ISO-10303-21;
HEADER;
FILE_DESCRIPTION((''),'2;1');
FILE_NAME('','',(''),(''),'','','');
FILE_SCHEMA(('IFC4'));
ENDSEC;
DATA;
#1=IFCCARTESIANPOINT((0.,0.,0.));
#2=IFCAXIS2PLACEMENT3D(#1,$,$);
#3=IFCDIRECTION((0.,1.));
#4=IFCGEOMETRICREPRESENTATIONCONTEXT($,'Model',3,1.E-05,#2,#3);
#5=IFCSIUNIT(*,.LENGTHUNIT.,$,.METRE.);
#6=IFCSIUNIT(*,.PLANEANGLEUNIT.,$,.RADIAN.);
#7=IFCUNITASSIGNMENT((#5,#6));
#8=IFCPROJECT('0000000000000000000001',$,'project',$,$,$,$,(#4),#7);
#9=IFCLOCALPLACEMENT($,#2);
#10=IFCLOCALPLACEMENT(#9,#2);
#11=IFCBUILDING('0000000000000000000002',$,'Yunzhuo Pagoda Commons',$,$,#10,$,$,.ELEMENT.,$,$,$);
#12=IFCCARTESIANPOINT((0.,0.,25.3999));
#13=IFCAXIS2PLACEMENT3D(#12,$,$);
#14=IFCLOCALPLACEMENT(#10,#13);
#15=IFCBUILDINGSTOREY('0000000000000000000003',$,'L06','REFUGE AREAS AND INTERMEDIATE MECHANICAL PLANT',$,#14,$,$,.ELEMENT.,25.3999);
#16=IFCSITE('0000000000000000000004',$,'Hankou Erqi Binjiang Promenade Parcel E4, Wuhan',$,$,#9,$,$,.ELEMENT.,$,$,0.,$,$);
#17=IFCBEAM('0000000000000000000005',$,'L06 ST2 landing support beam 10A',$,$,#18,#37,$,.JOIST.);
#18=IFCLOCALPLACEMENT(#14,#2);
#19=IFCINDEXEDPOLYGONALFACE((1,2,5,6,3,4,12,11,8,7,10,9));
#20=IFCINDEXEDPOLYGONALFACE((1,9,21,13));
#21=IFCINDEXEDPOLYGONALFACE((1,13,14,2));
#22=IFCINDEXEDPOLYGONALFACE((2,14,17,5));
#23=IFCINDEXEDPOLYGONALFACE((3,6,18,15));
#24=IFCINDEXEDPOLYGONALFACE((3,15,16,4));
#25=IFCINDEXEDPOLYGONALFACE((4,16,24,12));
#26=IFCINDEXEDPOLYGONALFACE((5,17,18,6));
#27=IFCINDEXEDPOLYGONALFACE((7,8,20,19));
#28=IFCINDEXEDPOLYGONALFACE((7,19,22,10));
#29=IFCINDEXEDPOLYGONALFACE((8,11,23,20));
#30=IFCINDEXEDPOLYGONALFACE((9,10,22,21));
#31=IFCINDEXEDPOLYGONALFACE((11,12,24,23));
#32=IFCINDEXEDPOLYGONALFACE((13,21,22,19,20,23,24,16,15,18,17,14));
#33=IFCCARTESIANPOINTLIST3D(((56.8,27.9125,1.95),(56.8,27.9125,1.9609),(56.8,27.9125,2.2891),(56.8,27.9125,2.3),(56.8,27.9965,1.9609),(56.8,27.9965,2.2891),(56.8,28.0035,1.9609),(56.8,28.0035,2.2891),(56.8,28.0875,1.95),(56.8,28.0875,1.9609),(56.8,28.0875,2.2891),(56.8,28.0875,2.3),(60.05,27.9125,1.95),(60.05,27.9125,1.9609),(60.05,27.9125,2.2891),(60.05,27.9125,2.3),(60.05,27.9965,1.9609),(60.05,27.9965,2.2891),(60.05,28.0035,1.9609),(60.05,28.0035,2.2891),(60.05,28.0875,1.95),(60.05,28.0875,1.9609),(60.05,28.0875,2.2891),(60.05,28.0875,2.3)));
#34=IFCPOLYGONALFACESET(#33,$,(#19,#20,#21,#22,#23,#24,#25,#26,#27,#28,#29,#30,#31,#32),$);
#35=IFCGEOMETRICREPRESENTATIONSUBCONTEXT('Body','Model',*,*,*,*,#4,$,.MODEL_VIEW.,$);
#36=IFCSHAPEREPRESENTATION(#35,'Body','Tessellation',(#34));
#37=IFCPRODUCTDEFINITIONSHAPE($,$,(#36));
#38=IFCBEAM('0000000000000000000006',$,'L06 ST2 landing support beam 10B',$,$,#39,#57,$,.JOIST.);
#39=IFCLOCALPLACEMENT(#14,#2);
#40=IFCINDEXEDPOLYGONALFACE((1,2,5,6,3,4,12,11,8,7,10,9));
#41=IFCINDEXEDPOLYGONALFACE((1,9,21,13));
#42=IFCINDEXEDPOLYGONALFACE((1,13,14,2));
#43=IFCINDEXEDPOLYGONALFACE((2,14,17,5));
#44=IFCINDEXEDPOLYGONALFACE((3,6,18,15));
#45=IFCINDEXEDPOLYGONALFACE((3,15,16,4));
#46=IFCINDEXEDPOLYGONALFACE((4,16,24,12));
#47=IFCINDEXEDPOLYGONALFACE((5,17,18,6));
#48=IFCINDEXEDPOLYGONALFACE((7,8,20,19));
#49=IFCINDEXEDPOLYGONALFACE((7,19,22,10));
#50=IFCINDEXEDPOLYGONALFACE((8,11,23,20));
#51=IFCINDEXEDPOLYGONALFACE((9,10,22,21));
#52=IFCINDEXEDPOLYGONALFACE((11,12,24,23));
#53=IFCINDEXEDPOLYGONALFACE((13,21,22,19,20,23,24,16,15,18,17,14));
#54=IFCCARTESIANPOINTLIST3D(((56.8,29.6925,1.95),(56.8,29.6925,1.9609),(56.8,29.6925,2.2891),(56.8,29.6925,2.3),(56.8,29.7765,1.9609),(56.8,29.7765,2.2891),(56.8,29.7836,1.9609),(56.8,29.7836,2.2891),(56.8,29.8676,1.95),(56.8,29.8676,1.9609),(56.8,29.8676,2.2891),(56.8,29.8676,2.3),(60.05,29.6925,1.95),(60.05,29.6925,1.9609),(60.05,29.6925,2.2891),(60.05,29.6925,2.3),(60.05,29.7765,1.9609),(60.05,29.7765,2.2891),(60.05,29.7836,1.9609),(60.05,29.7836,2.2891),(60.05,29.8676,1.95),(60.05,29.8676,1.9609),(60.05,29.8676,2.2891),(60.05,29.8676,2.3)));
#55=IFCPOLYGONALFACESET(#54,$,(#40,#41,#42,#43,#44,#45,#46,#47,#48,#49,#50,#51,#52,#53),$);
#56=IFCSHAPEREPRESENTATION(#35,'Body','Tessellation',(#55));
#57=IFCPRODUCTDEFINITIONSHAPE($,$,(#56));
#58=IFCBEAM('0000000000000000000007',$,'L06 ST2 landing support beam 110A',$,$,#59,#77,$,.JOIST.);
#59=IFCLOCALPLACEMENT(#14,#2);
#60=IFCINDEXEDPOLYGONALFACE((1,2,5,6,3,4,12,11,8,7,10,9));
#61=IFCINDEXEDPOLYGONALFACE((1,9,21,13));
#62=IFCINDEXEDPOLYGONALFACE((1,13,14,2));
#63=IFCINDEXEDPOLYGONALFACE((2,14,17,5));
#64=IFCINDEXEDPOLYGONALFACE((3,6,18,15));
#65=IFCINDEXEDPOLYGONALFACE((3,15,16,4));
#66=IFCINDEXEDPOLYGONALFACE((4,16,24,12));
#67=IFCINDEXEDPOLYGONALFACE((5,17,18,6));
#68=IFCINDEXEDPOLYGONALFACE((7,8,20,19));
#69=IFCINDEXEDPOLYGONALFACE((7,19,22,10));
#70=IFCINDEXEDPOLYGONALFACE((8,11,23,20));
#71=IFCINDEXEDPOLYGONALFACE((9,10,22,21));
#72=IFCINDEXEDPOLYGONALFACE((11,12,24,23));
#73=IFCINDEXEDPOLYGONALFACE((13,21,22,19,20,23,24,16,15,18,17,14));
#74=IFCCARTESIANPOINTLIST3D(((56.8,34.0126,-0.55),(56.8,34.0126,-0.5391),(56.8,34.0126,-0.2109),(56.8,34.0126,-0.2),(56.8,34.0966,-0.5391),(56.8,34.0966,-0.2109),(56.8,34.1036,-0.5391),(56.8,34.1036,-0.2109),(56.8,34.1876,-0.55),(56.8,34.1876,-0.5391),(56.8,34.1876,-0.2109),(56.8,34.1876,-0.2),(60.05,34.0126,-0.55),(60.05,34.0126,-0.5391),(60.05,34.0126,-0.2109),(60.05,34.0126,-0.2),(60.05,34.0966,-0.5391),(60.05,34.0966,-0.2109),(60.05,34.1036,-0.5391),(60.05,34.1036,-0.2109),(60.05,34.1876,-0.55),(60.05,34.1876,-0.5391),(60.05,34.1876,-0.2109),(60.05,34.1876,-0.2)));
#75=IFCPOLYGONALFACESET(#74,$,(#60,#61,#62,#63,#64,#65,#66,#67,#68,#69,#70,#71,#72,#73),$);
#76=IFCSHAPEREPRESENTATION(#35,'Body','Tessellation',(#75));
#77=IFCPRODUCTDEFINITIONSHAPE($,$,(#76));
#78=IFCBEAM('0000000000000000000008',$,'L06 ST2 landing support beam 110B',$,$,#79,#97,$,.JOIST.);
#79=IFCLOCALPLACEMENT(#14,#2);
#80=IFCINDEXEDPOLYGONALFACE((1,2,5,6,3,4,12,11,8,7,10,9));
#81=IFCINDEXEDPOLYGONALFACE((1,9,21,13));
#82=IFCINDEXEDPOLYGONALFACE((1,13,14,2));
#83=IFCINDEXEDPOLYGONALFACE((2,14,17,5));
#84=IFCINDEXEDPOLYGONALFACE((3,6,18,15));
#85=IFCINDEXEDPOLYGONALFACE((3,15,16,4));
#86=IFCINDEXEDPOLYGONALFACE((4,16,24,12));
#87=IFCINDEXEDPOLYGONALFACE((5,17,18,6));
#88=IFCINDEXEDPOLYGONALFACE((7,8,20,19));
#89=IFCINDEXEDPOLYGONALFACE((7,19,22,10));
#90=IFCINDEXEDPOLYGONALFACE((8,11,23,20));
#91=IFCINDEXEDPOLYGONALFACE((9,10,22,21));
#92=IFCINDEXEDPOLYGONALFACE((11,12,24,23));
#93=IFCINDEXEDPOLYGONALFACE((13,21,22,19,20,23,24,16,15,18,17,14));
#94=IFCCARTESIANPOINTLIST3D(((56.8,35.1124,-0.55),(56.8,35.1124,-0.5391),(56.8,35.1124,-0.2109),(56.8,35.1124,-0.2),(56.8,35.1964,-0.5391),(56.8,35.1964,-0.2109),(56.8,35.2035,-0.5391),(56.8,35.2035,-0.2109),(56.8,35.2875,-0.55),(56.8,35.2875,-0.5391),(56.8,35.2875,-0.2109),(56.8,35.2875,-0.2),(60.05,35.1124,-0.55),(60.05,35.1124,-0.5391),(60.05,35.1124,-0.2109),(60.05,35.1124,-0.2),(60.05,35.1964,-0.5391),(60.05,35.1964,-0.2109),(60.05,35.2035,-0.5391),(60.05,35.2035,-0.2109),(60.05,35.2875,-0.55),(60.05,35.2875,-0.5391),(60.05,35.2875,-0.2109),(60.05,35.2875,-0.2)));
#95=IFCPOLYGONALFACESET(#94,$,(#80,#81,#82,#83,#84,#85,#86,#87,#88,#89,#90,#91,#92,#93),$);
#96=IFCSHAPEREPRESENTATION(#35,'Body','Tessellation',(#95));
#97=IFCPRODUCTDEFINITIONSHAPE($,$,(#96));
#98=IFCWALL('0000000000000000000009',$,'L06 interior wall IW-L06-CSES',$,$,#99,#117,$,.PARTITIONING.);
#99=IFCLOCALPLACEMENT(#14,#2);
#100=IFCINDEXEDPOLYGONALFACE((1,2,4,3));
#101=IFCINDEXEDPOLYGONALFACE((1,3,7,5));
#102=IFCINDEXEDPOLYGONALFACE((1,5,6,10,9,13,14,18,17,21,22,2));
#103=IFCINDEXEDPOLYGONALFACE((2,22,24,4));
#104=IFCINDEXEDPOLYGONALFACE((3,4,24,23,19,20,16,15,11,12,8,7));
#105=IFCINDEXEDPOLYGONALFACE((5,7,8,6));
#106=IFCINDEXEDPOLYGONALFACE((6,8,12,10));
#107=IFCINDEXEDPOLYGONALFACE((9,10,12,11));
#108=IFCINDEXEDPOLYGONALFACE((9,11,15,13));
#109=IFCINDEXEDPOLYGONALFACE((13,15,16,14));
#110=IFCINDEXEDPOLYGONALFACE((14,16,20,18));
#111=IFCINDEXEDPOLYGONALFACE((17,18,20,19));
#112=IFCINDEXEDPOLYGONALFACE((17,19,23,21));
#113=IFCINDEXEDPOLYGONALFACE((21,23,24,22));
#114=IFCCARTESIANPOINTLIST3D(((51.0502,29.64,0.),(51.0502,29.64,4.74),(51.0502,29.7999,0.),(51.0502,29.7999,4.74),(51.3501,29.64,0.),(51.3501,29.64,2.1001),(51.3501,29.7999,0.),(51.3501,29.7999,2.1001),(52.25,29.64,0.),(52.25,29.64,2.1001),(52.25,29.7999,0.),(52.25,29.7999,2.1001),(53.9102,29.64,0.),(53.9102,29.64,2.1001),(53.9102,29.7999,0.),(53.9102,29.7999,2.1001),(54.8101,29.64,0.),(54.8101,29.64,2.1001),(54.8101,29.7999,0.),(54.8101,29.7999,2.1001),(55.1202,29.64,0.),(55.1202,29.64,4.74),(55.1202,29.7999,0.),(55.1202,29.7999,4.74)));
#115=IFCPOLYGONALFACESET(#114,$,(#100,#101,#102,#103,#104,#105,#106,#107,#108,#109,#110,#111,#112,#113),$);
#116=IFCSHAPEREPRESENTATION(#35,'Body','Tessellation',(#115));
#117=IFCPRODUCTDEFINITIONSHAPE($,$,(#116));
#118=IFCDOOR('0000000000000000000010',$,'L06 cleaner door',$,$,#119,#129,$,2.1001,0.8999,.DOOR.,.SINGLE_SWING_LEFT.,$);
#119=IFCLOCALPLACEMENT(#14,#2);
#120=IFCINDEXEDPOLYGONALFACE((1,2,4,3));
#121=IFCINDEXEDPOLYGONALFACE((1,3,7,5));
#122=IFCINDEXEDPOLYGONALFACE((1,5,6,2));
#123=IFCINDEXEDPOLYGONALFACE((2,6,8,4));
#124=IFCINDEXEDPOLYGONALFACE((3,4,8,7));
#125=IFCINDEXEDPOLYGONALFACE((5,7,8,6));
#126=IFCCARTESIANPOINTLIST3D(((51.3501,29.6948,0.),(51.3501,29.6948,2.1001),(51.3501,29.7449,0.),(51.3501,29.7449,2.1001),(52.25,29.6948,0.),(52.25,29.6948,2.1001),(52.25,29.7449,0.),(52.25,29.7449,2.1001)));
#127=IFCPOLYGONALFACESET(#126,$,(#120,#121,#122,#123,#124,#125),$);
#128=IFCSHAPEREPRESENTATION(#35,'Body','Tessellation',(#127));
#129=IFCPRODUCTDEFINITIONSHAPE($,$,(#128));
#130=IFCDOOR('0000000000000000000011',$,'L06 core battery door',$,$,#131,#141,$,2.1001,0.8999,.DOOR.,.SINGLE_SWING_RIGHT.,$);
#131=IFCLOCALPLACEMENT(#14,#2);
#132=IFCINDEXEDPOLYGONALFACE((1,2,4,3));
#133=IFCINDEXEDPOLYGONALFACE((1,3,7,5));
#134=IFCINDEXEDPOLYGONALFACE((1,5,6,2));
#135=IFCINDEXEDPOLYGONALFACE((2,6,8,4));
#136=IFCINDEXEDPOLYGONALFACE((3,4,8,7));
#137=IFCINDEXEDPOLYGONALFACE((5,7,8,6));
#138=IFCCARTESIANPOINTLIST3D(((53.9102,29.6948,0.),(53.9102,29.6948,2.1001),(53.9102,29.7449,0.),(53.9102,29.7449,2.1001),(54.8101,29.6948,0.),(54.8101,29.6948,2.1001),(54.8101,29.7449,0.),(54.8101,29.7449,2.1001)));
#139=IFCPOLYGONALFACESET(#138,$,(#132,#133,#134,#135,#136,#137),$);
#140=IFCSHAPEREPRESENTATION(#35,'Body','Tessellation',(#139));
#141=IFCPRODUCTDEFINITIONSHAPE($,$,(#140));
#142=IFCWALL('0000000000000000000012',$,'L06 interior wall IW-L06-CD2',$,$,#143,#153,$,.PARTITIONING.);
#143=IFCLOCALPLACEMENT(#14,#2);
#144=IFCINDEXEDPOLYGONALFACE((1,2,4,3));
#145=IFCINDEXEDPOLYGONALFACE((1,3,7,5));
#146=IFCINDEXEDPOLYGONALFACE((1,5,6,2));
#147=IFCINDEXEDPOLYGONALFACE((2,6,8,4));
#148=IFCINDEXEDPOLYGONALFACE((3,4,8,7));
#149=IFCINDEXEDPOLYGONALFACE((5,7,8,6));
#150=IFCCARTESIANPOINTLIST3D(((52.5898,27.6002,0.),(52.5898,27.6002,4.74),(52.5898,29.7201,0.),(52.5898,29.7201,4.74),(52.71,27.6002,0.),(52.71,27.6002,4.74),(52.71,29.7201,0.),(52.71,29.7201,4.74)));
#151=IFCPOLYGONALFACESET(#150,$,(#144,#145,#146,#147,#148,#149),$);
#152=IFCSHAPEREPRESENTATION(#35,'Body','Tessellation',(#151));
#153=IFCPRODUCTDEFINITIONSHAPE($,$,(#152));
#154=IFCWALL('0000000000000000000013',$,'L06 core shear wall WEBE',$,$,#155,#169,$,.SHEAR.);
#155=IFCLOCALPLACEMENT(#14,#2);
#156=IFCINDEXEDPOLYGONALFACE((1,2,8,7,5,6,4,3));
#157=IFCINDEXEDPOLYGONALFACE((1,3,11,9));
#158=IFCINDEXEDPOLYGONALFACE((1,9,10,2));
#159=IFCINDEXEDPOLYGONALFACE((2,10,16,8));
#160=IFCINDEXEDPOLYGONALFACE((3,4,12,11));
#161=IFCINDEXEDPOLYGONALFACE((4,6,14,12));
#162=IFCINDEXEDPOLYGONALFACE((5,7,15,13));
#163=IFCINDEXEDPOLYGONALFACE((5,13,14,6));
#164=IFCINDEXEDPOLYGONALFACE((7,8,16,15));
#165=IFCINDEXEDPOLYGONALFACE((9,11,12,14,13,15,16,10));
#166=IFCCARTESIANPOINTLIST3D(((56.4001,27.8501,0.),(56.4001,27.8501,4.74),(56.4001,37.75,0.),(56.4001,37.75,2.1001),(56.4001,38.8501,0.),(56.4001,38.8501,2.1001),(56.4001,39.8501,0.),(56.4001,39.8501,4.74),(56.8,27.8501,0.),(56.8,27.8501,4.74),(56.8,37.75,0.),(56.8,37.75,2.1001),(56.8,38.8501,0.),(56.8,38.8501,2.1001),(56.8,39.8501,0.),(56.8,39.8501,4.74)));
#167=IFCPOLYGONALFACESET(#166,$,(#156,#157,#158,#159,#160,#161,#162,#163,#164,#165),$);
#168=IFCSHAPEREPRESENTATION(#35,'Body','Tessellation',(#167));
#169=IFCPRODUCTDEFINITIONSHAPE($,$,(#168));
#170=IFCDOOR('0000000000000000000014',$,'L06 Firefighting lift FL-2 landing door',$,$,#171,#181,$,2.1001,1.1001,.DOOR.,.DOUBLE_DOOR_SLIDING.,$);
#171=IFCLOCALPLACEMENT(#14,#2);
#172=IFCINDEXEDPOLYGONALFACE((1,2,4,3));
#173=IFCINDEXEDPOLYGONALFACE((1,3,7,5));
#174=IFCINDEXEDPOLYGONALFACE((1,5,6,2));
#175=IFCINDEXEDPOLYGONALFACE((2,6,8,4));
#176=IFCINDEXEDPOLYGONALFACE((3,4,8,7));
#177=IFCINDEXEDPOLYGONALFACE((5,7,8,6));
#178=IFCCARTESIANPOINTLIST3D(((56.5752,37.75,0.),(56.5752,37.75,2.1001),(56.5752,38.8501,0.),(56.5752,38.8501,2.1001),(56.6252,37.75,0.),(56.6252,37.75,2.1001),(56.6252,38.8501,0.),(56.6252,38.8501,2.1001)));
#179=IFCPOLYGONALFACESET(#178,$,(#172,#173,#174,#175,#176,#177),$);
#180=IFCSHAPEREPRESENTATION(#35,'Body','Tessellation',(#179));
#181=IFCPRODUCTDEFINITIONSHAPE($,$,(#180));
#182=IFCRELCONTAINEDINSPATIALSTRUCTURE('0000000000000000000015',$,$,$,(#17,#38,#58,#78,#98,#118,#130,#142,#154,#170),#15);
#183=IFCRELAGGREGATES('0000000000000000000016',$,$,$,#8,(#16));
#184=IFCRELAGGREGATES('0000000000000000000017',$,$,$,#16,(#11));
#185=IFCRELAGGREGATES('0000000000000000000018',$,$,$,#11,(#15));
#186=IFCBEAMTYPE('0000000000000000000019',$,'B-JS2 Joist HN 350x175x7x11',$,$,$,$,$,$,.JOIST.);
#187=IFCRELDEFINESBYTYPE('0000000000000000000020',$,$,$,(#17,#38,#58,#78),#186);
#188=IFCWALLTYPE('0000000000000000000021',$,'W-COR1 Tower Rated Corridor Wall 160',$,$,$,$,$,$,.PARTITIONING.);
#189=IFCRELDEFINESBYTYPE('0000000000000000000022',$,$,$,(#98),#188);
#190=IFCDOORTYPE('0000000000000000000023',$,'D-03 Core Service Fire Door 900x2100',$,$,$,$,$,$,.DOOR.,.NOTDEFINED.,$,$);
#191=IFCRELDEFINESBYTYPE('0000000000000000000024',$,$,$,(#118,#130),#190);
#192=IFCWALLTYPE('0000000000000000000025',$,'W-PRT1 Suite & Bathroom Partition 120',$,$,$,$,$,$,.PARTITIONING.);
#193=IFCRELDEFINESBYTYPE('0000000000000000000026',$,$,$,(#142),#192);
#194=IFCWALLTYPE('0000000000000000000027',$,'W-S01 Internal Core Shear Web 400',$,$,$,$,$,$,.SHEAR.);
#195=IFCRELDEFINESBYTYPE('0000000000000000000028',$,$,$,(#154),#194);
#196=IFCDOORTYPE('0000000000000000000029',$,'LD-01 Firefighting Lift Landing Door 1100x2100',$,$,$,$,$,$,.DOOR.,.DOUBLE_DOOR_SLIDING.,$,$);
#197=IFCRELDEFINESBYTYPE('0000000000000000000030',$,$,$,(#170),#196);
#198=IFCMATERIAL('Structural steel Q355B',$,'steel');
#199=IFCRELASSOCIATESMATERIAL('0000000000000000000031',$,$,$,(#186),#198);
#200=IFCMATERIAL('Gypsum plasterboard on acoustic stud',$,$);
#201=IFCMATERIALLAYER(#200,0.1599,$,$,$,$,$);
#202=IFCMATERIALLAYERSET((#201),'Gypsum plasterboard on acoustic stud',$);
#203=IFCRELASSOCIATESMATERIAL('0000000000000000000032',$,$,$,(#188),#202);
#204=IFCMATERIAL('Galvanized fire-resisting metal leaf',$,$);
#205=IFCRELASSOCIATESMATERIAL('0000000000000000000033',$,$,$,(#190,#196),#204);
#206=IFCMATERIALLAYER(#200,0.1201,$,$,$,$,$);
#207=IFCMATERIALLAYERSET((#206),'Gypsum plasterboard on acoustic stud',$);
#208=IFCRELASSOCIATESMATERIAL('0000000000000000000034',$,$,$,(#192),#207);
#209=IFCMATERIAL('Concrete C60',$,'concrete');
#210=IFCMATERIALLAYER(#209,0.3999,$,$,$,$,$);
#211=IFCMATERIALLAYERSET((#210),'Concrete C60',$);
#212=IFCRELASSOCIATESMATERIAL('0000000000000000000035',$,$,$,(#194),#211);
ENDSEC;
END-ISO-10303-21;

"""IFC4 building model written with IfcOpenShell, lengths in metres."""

from ifc_helpers import new_model, si_unit, direction, frame, frame_2d, origin, origin_with_axes, origin_2d, place, context, subcontext, project, spatial, rectangle, i_section, extrude, source, transform, mapped, material, layer, layer_set, material_profile, profile_set, type_object, element, fill, save


model = new_model("IFC4")

# Units and contexts
model_context = context("Model", 3, precision=1e-05, world=origin(), true_north=direction((0.0, 1.0)))
body_context = subcontext(model_context, "Body", "Model", "MODEL_VIEW")
ifc_project = project(units=[si_unit("LENGTHUNIT", "METRE"), si_unit("PLANEANGLEUNIT", "RADIAN")], contexts=[model_context])

# Site, building, storey
site_placement = place(None, origin())
site = spatial("IfcSite", under=ifc_project, at=site_placement, Name="Hankou Erqi Binjiang Promenade Parcel E4, Wuhan", CompositionType="ELEMENT", RefElevation=0.0)
building_placement = place(site_placement, origin())
building = spatial("IfcBuilding", under=site, at=building_placement, Name="Yunzhuo Pagoda Commons", CompositionType="ELEMENT")
storey_placement = place(building_placement, frame((0.0, 0.0, 25.3999)))
storey = spatial("IfcBuildingStorey", under=building, at=storey_placement, Name="L06", Description="REFUGE AREAS AND INTERMEDIATE MECHANICAL PLANT", CompositionType="ELEMENT", Elevation=25.3999)

# Beams
ifc_material_1 = material(Name="Structural steel Q355B", Category="steel")
ifc_material_profile = material_profile(ifc_material_1, i_section(OverallWidth=0.175, OverallDepth=0.3501, WebThickness=0.0071, FlangeThickness=0.011, at=origin_2d()), Name="Structural steel Q355B")
ifc_profile_set = profile_set([ifc_material_profile], Name="Structural steel Q355B")
beam_type = type_object("IfcBeamType", Name="B-JS2 Joist HN 350x175x7x11", PredefinedType="JOIST", material=ifc_profile_set)
shared_shape_1 = source(origin(), body_context, "Body", "SweptSolid", [
    extrude(i_section(OverallWidth=0.175, OverallDepth=0.3501, WebThickness=0.0071, FlangeThickness=0.011, at=origin_2d()), origin(), (0.0, 0.0, 1.0), 3.25),
])
for number, where, z_axis, x_axis, name in (
    (1, (56.8, 28.0, 2.125), (1.0, 0.0, 0.0), (0.0, 1.0, 0.0), "L06 ST2 landing support beam 10A"),
    (2, (56.8, 29.78, 2.125), (1.0, 0.0, 0.0), (0.0, 1.0, 0.0), "L06 ST2 landing support beam 10B"),
    (3, (56.8, 34.1001, -0.375), (1.0, 0.0, 0.0), (0.0, 1.0, 0.0), "L06 ST2 landing support beam 110A"),
    (4, (56.8, 35.2, -0.375), (1.0, 0.0, 0.0), (0.0, 1.0, 0.0), "L06 ST2 landing support beam 110B"),
):
    element("IfcBeam", number, at=place(storey_placement, frame(where, z_axis=z_axis, x_axis=x_axis)), inside=storey, type_object=beam_type, Name=name, PredefinedType="JOIST", context=body_context, shape_type="MappedRepresentation", body=[
        mapped(shared_shape_1, transform((0.0, 0.0, 0.0), scale=1.0)),
    ])

# Wall, openings, doors
ifc_material_2 = material(Name="Gypsum plasterboard on acoustic stud")
ifc_layer_1 = layer(ifc_material_2, 0.1599)
ifc_layer_set_1 = layer_set([ifc_layer_1], Name="Gypsum plasterboard on acoustic stud")
wall_type_1 = type_object("IfcWallType", Name="W-COR1 Tower Rated Corridor Wall 160", PredefinedType="PARTITIONING", material=ifc_layer_set_1)
wall_1_placement = place(storey_placement, frame((51.05, 29.72, 0.0), z_axis=(0.0, 0.0, 1.0), x_axis=(1.0, 0.0, 0.0)))
wall_1 = element("IfcWall", 5, at=wall_1_placement, inside=storey, type_object=wall_type_1, Name="L06 interior wall IW-L06-CSES", PredefinedType="PARTITIONING", context=body_context, shape_type="SweptSolid", body=[
    extrude(rectangle(XDim=4.0701, YDim=0.1599, at=frame_2d((2.0352, 0.0))), origin(), (0.0, 0.0, 1.0), 4.74),
])
opening_1_placement = place(wall_1_placement, frame((0.3, 0.0, 0.0)))
opening_1 = element("IfcOpeningElement", 6, at=opening_1_placement, cuts=wall_1, PredefinedType="OPENING", context=body_context, shape_type="SweptSolid", body=[
    extrude(rectangle(XDim=0.8999, YDim=2.1001, at=frame_2d((0.45, 1.05))), frame((0.0, 0.0898, 0.0), z_axis=(0.0, -1.0, 0.0), x_axis=(1.0, 0.0, 0.0)), (0.0, 0.0, 1.0), 0.1799),
])
opening_2_placement = place(wall_1_placement, frame((2.8601, 0.0, 0.0)))
opening_2 = element("IfcOpeningElement", 7, at=opening_2_placement, cuts=wall_1, PredefinedType="OPENING", context=body_context, shape_type="SweptSolid", body=[
    extrude(rectangle(XDim=0.8999, YDim=2.1001, at=frame_2d((0.45, 1.05))), frame((0.0, 0.0898, 0.0), z_axis=(0.0, -1.0, 0.0), x_axis=(1.0, 0.0, 0.0)), (0.0, 0.0, 1.0), 0.1799),
])
ifc_material_3 = material(Name="Galvanized fire-resisting metal leaf")
door_type_1 = type_object("IfcDoorType", Name="D-03 Core Service Fire Door 900x2100", OperationType="NOTDEFINED", PredefinedType="DOOR", material=ifc_material_3)
shared_shape_2 = source(origin(), body_context, "Body", "SweptSolid", [
    extrude(rectangle(XDim=0.8999, YDim=2.1001, at=frame_2d((0.45, 1.05))), frame((0.0, 0.0249, 0.0), z_axis=(0.0, -1.0, 0.0), x_axis=(1.0, 0.0, 0.0)), (0.0, 0.0, 1.0), 0.05),
])
door_1_placement = place(opening_1_placement, origin_with_axes())
door_1 = element("IfcDoor", 8, at=door_1_placement, inside=storey, type_object=door_type_1, Name="L06 cleaner door", OperationType="SINGLE_SWING_LEFT", OverallHeight=2.1001, OverallWidth=0.8999, PredefinedType="DOOR", context=body_context, shape_type="MappedRepresentation", body=[
    mapped(shared_shape_2, transform((0.0, 0.0, 0.0), scale=1.0)),
])
fill(opening_1, door_1)
door_2_placement = place(opening_2_placement, origin_with_axes())
door_2 = element("IfcDoor", 9, at=door_2_placement, inside=storey, type_object=door_type_1, Name="L06 core battery door", OperationType="SINGLE_SWING_RIGHT", OverallHeight=2.1001, OverallWidth=0.8999, PredefinedType="DOOR", context=body_context, shape_type="MappedRepresentation", body=[
    mapped(shared_shape_2, transform((0.0, 0.0, 0.0), scale=1.0)),
])
fill(opening_2, door_2)

# Wall
ifc_layer_2 = layer(ifc_material_2, 0.1201)
ifc_layer_set_2 = layer_set([ifc_layer_2], Name="Gypsum plasterboard on acoustic stud")
wall_type_2 = type_object("IfcWallType", Name="W-PRT1 Suite & Bathroom Partition 120", PredefinedType="PARTITIONING", material=ifc_layer_set_2)
wall_2_placement = place(storey_placement, frame((52.6499, 27.6001, 0.0), z_axis=(0.0, 0.0, 1.0), x_axis=(0.0, 1.0, 0.0)))
element("IfcWall", 10, at=wall_2_placement, inside=storey, type_object=wall_type_2, Name="L06 interior wall IW-L06-CD2", PredefinedType="PARTITIONING", context=body_context, shape_type="SweptSolid", body=[
    extrude(rectangle(XDim=2.1199, YDim=0.1201, at=frame_2d((1.0601, 0.0))), origin(), (0.0, 0.0, 1.0), 4.74),
])

# Wall, opening, door
ifc_material_4 = material(Name="Concrete C60", Category="concrete")
ifc_layer_3 = layer(ifc_material_4, 0.3999)
ifc_layer_set_3 = layer_set([ifc_layer_3], Name="Concrete C60")
wall_type_3 = type_object("IfcWallType", Name="W-S01 Internal Core Shear Web 400", PredefinedType="SHEAR", material=ifc_layer_set_3)
wall_3_placement = place(storey_placement, frame((56.6001, 27.8501, 0.0), z_axis=(0.0, 0.0, 1.0), x_axis=(0.0, 1.0, 0.0)))
wall_3 = element("IfcWall", 11, at=wall_3_placement, inside=storey, type_object=wall_type_3, Name="L06 core shear wall WEBE", PredefinedType="SHEAR", context=body_context, shape_type="SweptSolid", body=[
    extrude(rectangle(XDim=12.0, YDim=0.3999, at=frame_2d((6.0, 0.0))), origin(), (0.0, 0.0, 1.0), 4.74),
])
opening_3_placement = place(wall_3_placement, frame((9.8999, 0.0, 0.0)))
opening_3 = element("IfcOpeningElement", 12, at=opening_3_placement, cuts=wall_3, PredefinedType="OPENING", context=body_context, shape_type="SweptSolid", body=[
    extrude(rectangle(XDim=1.1001, YDim=2.1001, at=frame_2d((0.55, 1.05))), frame((0.0, 0.21, 0.0), z_axis=(0.0, -1.0, 0.0), x_axis=(1.0, 0.0, 0.0)), (0.0, 0.0, 1.0), 0.4199),
])
door_type_2 = type_object("IfcDoorType", Name="LD-01 Firefighting Lift Landing Door 1100x2100", OperationType="DOUBLE_DOOR_SLIDING", PredefinedType="DOOR", material=ifc_material_3)
shared_shape_3 = source(origin(), body_context, "Body", "SweptSolid", [
    extrude(rectangle(XDim=1.1001, YDim=2.1001, at=frame_2d((0.55, 1.05))), frame((0.0, 0.0249, 0.0), z_axis=(0.0, -1.0, 0.0), x_axis=(1.0, 0.0, 0.0)), (0.0, 0.0, 1.0), 0.05),
])
door_3_placement = place(opening_3_placement, origin_with_axes())
door_3 = element("IfcDoor", 13, at=door_3_placement, inside=storey, type_object=door_type_2, Name="L06 Firefighting lift FL-2 landing door", OperationType="DOUBLE_DOOR_SLIDING", OverallHeight=2.1001, OverallWidth=1.1001, PredefinedType="DOOR", context=body_context, shape_type="MappedRepresentation", body=[
    mapped(shared_shape_3, transform((0.0, 0.0, 0.0), scale=1.0)),
])
fill(opening_3, door_3)

save(model, "model.ifc")
